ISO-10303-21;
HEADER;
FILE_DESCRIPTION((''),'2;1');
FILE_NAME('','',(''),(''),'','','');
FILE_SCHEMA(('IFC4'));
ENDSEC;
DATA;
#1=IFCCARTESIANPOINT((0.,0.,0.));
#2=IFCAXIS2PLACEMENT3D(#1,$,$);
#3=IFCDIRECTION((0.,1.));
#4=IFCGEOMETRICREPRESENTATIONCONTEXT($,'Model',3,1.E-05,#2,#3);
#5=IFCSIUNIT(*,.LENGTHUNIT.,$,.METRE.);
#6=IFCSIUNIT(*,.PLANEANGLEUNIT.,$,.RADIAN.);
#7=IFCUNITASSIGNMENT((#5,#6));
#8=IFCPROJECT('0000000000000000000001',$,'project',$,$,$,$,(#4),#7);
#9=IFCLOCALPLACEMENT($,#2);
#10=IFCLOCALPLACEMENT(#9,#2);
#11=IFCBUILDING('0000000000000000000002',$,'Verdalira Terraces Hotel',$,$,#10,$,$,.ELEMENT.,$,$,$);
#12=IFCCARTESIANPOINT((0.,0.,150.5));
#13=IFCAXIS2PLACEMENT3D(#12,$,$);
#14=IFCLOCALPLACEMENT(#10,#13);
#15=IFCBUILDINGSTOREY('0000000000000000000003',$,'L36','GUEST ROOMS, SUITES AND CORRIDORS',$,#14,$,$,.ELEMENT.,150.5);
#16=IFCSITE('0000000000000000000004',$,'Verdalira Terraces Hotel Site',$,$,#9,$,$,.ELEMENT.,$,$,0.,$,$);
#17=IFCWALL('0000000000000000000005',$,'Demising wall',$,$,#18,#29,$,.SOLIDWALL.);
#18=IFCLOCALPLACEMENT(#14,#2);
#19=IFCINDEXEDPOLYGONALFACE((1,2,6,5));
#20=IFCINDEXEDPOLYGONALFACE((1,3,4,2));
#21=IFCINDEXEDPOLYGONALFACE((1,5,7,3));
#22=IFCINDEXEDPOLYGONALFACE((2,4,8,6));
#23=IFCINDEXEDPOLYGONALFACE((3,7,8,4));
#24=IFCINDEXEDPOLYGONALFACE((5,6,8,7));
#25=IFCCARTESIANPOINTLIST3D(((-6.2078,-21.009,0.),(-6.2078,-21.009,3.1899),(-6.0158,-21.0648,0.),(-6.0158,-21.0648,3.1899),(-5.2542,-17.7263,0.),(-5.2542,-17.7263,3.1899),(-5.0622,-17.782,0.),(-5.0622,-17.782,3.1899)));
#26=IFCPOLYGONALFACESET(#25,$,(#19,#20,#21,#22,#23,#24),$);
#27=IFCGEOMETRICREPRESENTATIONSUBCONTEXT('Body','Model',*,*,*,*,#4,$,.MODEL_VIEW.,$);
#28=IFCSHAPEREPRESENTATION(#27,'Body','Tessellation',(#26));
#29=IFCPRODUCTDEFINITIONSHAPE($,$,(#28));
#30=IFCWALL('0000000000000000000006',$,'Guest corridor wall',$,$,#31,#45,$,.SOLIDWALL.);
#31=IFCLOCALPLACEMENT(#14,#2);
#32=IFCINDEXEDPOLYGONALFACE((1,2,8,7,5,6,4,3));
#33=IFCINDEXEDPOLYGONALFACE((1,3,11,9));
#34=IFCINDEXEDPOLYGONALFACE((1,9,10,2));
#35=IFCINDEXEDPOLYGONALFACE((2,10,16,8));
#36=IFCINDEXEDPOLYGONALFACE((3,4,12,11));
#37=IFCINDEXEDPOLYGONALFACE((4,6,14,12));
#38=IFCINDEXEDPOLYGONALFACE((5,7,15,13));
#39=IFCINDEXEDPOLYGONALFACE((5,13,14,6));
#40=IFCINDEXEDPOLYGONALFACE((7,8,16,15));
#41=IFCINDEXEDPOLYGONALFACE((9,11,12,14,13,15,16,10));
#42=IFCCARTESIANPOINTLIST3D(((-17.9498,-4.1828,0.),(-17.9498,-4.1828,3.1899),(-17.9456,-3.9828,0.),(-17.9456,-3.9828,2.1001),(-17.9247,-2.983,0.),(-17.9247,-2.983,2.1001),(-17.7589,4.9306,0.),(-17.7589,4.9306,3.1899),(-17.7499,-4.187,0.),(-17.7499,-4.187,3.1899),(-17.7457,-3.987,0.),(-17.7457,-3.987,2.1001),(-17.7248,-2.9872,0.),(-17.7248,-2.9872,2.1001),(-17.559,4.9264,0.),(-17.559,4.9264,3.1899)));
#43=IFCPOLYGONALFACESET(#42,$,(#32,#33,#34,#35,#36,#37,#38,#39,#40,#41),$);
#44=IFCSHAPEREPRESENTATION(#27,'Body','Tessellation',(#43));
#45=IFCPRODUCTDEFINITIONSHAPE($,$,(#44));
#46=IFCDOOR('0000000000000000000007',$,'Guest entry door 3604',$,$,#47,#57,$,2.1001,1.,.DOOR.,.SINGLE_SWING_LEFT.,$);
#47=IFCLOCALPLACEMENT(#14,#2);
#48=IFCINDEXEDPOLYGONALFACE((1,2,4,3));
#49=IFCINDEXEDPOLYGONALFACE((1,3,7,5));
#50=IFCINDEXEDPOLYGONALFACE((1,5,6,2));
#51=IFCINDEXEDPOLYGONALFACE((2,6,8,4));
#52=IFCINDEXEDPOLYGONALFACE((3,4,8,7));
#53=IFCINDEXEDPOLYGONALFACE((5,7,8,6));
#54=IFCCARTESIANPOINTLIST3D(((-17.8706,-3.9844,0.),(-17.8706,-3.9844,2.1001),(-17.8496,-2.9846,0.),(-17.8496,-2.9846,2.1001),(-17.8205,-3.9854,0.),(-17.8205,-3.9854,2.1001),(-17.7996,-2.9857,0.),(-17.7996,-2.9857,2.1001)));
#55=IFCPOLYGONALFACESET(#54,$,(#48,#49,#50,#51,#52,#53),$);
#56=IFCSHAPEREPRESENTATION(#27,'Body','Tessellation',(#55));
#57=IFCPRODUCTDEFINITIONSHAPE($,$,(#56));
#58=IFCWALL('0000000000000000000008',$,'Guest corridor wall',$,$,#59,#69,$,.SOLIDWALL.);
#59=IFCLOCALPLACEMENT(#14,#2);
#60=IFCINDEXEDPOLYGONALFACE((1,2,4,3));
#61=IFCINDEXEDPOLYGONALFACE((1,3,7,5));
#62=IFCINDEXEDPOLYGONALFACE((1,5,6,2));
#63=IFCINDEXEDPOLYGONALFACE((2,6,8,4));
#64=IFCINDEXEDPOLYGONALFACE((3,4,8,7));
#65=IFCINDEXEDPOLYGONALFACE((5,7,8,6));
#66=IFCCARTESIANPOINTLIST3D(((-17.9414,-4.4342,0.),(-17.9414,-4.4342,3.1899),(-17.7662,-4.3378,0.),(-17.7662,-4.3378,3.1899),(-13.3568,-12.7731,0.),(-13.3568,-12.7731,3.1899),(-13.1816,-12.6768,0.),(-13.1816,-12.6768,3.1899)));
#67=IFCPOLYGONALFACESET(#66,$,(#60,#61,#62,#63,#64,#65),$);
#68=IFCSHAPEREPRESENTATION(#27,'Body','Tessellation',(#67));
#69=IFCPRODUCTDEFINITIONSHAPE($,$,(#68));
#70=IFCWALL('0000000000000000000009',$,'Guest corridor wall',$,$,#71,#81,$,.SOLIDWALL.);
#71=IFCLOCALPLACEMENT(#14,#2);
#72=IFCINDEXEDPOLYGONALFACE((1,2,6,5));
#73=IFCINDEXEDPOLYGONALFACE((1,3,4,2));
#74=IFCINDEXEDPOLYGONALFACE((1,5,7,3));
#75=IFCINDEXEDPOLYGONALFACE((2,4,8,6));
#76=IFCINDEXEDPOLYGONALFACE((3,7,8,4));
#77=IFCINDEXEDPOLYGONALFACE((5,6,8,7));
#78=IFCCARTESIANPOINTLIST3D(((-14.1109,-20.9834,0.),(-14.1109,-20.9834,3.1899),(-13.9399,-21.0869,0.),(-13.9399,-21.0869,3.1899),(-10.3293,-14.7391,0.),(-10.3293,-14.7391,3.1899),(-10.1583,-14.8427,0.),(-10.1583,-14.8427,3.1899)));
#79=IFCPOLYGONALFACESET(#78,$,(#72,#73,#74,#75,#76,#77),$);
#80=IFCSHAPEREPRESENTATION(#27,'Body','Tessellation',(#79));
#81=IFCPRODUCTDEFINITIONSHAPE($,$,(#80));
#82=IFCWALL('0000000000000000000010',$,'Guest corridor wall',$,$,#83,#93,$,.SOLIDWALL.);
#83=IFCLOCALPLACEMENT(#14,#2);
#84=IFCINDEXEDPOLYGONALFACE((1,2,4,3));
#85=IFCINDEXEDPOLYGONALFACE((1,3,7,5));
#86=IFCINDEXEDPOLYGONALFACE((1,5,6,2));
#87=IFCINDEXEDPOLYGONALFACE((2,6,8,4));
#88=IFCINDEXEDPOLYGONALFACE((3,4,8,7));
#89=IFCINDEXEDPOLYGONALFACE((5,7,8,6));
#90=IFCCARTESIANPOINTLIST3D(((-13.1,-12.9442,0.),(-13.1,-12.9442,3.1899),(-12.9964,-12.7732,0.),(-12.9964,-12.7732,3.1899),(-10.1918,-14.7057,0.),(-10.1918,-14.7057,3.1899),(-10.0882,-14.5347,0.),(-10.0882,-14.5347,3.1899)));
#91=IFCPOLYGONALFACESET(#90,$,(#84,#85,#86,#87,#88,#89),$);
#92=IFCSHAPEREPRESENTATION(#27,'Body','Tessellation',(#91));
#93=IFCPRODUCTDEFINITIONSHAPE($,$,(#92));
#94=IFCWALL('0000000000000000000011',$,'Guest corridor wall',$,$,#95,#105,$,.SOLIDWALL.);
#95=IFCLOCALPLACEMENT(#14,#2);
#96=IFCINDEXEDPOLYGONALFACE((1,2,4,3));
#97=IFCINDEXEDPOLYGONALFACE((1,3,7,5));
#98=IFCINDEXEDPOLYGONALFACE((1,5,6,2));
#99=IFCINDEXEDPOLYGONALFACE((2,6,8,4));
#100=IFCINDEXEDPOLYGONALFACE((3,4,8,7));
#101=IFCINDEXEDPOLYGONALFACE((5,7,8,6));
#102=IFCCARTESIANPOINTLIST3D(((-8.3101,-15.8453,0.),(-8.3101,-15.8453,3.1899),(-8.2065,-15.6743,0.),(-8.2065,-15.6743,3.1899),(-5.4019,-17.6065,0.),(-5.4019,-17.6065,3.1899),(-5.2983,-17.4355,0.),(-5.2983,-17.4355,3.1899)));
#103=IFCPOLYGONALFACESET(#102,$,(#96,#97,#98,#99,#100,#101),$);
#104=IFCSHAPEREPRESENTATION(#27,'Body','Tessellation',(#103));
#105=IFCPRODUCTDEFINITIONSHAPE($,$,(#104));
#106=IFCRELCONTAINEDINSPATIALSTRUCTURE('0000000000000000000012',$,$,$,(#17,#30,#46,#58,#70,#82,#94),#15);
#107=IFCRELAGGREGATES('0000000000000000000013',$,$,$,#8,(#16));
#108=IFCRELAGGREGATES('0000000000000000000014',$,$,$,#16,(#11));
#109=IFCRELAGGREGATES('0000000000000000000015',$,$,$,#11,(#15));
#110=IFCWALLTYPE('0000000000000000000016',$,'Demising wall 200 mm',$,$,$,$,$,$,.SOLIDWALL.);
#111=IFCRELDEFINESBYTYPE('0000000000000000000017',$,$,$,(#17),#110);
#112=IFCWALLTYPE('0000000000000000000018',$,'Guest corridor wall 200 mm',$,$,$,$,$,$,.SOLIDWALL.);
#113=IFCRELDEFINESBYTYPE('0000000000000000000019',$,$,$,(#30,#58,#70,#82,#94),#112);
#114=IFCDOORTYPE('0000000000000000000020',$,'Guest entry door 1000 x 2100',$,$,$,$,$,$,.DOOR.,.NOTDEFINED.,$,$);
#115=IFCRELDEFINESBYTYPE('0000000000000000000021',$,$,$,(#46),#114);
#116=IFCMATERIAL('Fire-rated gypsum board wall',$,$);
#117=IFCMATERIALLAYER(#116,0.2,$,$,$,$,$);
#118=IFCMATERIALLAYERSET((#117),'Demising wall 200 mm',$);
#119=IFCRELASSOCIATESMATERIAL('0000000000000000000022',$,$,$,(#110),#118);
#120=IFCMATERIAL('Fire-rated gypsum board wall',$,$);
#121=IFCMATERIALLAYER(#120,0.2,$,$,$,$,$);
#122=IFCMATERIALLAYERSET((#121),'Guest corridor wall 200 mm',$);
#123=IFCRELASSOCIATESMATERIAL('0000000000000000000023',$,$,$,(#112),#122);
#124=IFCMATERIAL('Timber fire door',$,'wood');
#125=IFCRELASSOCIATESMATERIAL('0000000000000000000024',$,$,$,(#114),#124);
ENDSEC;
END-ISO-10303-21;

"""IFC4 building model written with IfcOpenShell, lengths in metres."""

from ifc_helpers import new_model, si_unit, direction, frame, frame_2d, origin, place, context, subcontext, project, spatial, rectangle, extrude, material, layer, layer_set, type_object, element, fill, save


model = new_model("IFC4")

# Units and contexts
model_context = context("Model", 3, precision=1e-05, world=origin(), true_north=direction((0.0, 1.0)))
body_context = subcontext(model_context, "Body", "Model", "MODEL_VIEW")
ifc_project = project(units=[si_unit("LENGTHUNIT", "METRE"), si_unit("PLANEANGLEUNIT", "RADIAN")], contexts=[model_context])

# Site, building, storey
site_placement = place(None, origin())
site = spatial("IfcSite", under=ifc_project, at=site_placement, Name="Verdalira Terraces Hotel Site", CompositionType="ELEMENT", RefElevation=0.0)
building_placement = place(site_placement, origin())
building = spatial("IfcBuilding", under=site, at=building_placement, Name="Verdalira Terraces Hotel", CompositionType="ELEMENT")
storey_placement = place(building_placement, frame((0.0, 0.0, 150.5)))
storey = spatial("IfcBuildingStorey", under=building, at=storey_placement, Name="L36", Description="GUEST ROOMS, SUITES AND CORRIDORS", CompositionType="ELEMENT", Elevation=150.5)

# Wall
ifc_material_1 = material(Name="Fire-rated gypsum board wall")
ifc_layer_1 = layer(ifc_material_1, 0.2)
ifc_layer_set_1 = layer_set([ifc_layer_1], Name="Demising wall 200 mm")
wall_type_1 = type_object("IfcWallType", Name="Demising wall 200 mm", PredefinedType="SOLIDWALL", material=ifc_layer_set_1)
wall_1_placement = place(storey_placement, frame((-5.1582, -17.7541, 0.0), z_axis=(0.0, 0.0, 1.0), x_axis=(-0.278963, -0.960302, 0.0)))
element("IfcWall", 1, at=wall_1_placement, inside=storey, type_object=wall_type_1, Name="Demising wall", PredefinedType="SOLIDWALL", context=body_context, shape_type="SweptSolid", body=[
    extrude(rectangle(XDim=3.4185, YDim=0.2, at=frame_2d((1.7092, 0.0))), origin(), (0.0, 0.0, 1.0), 3.1899),
])

# Wall, opening, door
ifc_material_2 = material(Name="Fire-rated gypsum board wall")
ifc_layer_2 = layer(ifc_material_2, 0.2)
ifc_layer_set_2 = layer_set([ifc_layer_2], Name="Guest corridor wall 200 mm")
wall_type_2 = type_object("IfcWallType", Name="Guest corridor wall 200 mm", PredefinedType="SOLIDWALL", material=ifc_layer_set_2)
wall_2_placement = place(storey_placement, frame((-17.8499, -4.1848, 0.0), z_axis=(0.0, 0.0, 1.0), x_axis=(0.020944, 0.999781, 0.0)))
wall_2 = element("IfcWall", 2, at=wall_2_placement, inside=storey, type_object=wall_type_2, Name="Guest corridor wall", PredefinedType="SOLIDWALL", context=body_context, shape_type="SweptSolid", body=[
    extrude(rectangle(XDim=9.1155, YDim=0.2, at=frame_2d((4.5576, 0.0))), origin(), (0.0, 0.0, 1.0), 3.1899),
])
opening_1_placement = place(wall_2_placement, frame((0.2, 0.0, 0.0)))
opening_1 = element("IfcOpeningElement", 3, at=opening_1_placement, cuts=wall_2, PredefinedType="OPENING", context=body_context, shape_type="SweptSolid", body=[
    extrude(rectangle(XDim=1.0, YDim=2.1001, at=frame_2d((0.5, 1.05))), frame((0.0, 0.1099, 0.0), z_axis=(0.0, -1.0, 0.0), x_axis=(1.0, 0.0, 0.0)), (0.0, 0.0, 1.0), 0.22),
])
ifc_material_3 = material(Name="Timber fire door", Category="wood")
door_type_1 = type_object("IfcDoorType", Name="Guest entry door 1000 x 2100", OperationType="NOTDEFINED", PredefinedType="DOOR", material=ifc_material_3)
door_1_placement = place(opening_1_placement, origin())
door_1 = element("IfcDoor", 4, at=door_1_placement, inside=storey, type_object=door_type_1, Name="Guest entry door 3604", OperationType="SINGLE_SWING_LEFT", OverallHeight=2.1001, OverallWidth=1.0, PredefinedType="DOOR", context=body_context, shape_type="SweptSolid", body=[
    extrude(rectangle(XDim=1.0, YDim=2.1001, at=frame_2d((0.5, 1.05))), frame((0.0, 0.0249, 0.0), z_axis=(0.0, -1.0, 0.0), x_axis=(1.0, 0.0, 0.0)), (0.0, 0.0, 1.0), 0.05),
])
fill(opening_1, door_1)

# Walls
wall_3_placement = place(storey_placement, frame((-17.8538, -4.386, 0.0), z_axis=(0.0, 0.0, 1.0), x_axis=(0.481765, -0.8763, 0.0)))
element("IfcWall", 5, at=wall_3_placement, inside=storey, type_object=wall_type_2, Name="Guest corridor wall", PredefinedType="SOLIDWALL", context=body_context, shape_type="SweptSolid", body=[
    extrude(rectangle(XDim=9.5161, YDim=0.2, at=frame_2d((4.7581, 0.0))), origin(), (0.0, 0.0, 1.0), 3.1899),
])
wall_4_placement = place(storey_placement, frame((-10.2439, -14.791, 0.0), z_axis=(0.0, 0.0, 1.0), x_axis=(-0.518018, -0.85537, 0.0)))
element("IfcWall", 6, at=wall_4_placement, inside=storey, type_object=wall_type_2, Name="Guest corridor wall", PredefinedType="SOLIDWALL", context=body_context, shape_type="SweptSolid", body=[
    extrude(rectangle(XDim=7.3, YDim=0.2, at=frame_2d((3.6499, 0.0))), origin(), (0.0, 0.0, 1.0), 3.1899),
])
wall_5_placement = place(storey_placement, frame((-13.0483, -12.8586, 0.0), z_axis=(0.0, 0.0, 1.0), x_axis=(0.855338, -0.518071, 0.0)))
element("IfcWall", 7, at=wall_5_placement, inside=storey, type_object=wall_type_2, Name="Guest corridor wall", PredefinedType="SOLIDWALL", context=body_context, shape_type="SweptSolid", body=[
    extrude(rectangle(XDim=3.4001, YDim=0.2, at=frame_2d((1.7002, 0.0))), origin(), (0.0, 0.0, 1.0), 3.1899),
])
wall_6_placement = place(storey_placement, frame((-8.2583, -15.7598, 0.0), z_axis=(0.0, 0.0, 1.0), x_axis=(0.855369, -0.518018, 0.0)))
element("IfcWall", 8, at=wall_6_placement, inside=storey, type_object=wall_type_2, Name="Guest corridor wall", PredefinedType="SOLIDWALL", context=body_context, shape_type="SweptSolid", body=[
    extrude(rectangle(XDim=3.3999, YDim=0.2, at=frame_2d((1.7, 0.0))), origin(), (0.0, 0.0, 1.0), 3.1899),
])

save(model, "model.ifc")
